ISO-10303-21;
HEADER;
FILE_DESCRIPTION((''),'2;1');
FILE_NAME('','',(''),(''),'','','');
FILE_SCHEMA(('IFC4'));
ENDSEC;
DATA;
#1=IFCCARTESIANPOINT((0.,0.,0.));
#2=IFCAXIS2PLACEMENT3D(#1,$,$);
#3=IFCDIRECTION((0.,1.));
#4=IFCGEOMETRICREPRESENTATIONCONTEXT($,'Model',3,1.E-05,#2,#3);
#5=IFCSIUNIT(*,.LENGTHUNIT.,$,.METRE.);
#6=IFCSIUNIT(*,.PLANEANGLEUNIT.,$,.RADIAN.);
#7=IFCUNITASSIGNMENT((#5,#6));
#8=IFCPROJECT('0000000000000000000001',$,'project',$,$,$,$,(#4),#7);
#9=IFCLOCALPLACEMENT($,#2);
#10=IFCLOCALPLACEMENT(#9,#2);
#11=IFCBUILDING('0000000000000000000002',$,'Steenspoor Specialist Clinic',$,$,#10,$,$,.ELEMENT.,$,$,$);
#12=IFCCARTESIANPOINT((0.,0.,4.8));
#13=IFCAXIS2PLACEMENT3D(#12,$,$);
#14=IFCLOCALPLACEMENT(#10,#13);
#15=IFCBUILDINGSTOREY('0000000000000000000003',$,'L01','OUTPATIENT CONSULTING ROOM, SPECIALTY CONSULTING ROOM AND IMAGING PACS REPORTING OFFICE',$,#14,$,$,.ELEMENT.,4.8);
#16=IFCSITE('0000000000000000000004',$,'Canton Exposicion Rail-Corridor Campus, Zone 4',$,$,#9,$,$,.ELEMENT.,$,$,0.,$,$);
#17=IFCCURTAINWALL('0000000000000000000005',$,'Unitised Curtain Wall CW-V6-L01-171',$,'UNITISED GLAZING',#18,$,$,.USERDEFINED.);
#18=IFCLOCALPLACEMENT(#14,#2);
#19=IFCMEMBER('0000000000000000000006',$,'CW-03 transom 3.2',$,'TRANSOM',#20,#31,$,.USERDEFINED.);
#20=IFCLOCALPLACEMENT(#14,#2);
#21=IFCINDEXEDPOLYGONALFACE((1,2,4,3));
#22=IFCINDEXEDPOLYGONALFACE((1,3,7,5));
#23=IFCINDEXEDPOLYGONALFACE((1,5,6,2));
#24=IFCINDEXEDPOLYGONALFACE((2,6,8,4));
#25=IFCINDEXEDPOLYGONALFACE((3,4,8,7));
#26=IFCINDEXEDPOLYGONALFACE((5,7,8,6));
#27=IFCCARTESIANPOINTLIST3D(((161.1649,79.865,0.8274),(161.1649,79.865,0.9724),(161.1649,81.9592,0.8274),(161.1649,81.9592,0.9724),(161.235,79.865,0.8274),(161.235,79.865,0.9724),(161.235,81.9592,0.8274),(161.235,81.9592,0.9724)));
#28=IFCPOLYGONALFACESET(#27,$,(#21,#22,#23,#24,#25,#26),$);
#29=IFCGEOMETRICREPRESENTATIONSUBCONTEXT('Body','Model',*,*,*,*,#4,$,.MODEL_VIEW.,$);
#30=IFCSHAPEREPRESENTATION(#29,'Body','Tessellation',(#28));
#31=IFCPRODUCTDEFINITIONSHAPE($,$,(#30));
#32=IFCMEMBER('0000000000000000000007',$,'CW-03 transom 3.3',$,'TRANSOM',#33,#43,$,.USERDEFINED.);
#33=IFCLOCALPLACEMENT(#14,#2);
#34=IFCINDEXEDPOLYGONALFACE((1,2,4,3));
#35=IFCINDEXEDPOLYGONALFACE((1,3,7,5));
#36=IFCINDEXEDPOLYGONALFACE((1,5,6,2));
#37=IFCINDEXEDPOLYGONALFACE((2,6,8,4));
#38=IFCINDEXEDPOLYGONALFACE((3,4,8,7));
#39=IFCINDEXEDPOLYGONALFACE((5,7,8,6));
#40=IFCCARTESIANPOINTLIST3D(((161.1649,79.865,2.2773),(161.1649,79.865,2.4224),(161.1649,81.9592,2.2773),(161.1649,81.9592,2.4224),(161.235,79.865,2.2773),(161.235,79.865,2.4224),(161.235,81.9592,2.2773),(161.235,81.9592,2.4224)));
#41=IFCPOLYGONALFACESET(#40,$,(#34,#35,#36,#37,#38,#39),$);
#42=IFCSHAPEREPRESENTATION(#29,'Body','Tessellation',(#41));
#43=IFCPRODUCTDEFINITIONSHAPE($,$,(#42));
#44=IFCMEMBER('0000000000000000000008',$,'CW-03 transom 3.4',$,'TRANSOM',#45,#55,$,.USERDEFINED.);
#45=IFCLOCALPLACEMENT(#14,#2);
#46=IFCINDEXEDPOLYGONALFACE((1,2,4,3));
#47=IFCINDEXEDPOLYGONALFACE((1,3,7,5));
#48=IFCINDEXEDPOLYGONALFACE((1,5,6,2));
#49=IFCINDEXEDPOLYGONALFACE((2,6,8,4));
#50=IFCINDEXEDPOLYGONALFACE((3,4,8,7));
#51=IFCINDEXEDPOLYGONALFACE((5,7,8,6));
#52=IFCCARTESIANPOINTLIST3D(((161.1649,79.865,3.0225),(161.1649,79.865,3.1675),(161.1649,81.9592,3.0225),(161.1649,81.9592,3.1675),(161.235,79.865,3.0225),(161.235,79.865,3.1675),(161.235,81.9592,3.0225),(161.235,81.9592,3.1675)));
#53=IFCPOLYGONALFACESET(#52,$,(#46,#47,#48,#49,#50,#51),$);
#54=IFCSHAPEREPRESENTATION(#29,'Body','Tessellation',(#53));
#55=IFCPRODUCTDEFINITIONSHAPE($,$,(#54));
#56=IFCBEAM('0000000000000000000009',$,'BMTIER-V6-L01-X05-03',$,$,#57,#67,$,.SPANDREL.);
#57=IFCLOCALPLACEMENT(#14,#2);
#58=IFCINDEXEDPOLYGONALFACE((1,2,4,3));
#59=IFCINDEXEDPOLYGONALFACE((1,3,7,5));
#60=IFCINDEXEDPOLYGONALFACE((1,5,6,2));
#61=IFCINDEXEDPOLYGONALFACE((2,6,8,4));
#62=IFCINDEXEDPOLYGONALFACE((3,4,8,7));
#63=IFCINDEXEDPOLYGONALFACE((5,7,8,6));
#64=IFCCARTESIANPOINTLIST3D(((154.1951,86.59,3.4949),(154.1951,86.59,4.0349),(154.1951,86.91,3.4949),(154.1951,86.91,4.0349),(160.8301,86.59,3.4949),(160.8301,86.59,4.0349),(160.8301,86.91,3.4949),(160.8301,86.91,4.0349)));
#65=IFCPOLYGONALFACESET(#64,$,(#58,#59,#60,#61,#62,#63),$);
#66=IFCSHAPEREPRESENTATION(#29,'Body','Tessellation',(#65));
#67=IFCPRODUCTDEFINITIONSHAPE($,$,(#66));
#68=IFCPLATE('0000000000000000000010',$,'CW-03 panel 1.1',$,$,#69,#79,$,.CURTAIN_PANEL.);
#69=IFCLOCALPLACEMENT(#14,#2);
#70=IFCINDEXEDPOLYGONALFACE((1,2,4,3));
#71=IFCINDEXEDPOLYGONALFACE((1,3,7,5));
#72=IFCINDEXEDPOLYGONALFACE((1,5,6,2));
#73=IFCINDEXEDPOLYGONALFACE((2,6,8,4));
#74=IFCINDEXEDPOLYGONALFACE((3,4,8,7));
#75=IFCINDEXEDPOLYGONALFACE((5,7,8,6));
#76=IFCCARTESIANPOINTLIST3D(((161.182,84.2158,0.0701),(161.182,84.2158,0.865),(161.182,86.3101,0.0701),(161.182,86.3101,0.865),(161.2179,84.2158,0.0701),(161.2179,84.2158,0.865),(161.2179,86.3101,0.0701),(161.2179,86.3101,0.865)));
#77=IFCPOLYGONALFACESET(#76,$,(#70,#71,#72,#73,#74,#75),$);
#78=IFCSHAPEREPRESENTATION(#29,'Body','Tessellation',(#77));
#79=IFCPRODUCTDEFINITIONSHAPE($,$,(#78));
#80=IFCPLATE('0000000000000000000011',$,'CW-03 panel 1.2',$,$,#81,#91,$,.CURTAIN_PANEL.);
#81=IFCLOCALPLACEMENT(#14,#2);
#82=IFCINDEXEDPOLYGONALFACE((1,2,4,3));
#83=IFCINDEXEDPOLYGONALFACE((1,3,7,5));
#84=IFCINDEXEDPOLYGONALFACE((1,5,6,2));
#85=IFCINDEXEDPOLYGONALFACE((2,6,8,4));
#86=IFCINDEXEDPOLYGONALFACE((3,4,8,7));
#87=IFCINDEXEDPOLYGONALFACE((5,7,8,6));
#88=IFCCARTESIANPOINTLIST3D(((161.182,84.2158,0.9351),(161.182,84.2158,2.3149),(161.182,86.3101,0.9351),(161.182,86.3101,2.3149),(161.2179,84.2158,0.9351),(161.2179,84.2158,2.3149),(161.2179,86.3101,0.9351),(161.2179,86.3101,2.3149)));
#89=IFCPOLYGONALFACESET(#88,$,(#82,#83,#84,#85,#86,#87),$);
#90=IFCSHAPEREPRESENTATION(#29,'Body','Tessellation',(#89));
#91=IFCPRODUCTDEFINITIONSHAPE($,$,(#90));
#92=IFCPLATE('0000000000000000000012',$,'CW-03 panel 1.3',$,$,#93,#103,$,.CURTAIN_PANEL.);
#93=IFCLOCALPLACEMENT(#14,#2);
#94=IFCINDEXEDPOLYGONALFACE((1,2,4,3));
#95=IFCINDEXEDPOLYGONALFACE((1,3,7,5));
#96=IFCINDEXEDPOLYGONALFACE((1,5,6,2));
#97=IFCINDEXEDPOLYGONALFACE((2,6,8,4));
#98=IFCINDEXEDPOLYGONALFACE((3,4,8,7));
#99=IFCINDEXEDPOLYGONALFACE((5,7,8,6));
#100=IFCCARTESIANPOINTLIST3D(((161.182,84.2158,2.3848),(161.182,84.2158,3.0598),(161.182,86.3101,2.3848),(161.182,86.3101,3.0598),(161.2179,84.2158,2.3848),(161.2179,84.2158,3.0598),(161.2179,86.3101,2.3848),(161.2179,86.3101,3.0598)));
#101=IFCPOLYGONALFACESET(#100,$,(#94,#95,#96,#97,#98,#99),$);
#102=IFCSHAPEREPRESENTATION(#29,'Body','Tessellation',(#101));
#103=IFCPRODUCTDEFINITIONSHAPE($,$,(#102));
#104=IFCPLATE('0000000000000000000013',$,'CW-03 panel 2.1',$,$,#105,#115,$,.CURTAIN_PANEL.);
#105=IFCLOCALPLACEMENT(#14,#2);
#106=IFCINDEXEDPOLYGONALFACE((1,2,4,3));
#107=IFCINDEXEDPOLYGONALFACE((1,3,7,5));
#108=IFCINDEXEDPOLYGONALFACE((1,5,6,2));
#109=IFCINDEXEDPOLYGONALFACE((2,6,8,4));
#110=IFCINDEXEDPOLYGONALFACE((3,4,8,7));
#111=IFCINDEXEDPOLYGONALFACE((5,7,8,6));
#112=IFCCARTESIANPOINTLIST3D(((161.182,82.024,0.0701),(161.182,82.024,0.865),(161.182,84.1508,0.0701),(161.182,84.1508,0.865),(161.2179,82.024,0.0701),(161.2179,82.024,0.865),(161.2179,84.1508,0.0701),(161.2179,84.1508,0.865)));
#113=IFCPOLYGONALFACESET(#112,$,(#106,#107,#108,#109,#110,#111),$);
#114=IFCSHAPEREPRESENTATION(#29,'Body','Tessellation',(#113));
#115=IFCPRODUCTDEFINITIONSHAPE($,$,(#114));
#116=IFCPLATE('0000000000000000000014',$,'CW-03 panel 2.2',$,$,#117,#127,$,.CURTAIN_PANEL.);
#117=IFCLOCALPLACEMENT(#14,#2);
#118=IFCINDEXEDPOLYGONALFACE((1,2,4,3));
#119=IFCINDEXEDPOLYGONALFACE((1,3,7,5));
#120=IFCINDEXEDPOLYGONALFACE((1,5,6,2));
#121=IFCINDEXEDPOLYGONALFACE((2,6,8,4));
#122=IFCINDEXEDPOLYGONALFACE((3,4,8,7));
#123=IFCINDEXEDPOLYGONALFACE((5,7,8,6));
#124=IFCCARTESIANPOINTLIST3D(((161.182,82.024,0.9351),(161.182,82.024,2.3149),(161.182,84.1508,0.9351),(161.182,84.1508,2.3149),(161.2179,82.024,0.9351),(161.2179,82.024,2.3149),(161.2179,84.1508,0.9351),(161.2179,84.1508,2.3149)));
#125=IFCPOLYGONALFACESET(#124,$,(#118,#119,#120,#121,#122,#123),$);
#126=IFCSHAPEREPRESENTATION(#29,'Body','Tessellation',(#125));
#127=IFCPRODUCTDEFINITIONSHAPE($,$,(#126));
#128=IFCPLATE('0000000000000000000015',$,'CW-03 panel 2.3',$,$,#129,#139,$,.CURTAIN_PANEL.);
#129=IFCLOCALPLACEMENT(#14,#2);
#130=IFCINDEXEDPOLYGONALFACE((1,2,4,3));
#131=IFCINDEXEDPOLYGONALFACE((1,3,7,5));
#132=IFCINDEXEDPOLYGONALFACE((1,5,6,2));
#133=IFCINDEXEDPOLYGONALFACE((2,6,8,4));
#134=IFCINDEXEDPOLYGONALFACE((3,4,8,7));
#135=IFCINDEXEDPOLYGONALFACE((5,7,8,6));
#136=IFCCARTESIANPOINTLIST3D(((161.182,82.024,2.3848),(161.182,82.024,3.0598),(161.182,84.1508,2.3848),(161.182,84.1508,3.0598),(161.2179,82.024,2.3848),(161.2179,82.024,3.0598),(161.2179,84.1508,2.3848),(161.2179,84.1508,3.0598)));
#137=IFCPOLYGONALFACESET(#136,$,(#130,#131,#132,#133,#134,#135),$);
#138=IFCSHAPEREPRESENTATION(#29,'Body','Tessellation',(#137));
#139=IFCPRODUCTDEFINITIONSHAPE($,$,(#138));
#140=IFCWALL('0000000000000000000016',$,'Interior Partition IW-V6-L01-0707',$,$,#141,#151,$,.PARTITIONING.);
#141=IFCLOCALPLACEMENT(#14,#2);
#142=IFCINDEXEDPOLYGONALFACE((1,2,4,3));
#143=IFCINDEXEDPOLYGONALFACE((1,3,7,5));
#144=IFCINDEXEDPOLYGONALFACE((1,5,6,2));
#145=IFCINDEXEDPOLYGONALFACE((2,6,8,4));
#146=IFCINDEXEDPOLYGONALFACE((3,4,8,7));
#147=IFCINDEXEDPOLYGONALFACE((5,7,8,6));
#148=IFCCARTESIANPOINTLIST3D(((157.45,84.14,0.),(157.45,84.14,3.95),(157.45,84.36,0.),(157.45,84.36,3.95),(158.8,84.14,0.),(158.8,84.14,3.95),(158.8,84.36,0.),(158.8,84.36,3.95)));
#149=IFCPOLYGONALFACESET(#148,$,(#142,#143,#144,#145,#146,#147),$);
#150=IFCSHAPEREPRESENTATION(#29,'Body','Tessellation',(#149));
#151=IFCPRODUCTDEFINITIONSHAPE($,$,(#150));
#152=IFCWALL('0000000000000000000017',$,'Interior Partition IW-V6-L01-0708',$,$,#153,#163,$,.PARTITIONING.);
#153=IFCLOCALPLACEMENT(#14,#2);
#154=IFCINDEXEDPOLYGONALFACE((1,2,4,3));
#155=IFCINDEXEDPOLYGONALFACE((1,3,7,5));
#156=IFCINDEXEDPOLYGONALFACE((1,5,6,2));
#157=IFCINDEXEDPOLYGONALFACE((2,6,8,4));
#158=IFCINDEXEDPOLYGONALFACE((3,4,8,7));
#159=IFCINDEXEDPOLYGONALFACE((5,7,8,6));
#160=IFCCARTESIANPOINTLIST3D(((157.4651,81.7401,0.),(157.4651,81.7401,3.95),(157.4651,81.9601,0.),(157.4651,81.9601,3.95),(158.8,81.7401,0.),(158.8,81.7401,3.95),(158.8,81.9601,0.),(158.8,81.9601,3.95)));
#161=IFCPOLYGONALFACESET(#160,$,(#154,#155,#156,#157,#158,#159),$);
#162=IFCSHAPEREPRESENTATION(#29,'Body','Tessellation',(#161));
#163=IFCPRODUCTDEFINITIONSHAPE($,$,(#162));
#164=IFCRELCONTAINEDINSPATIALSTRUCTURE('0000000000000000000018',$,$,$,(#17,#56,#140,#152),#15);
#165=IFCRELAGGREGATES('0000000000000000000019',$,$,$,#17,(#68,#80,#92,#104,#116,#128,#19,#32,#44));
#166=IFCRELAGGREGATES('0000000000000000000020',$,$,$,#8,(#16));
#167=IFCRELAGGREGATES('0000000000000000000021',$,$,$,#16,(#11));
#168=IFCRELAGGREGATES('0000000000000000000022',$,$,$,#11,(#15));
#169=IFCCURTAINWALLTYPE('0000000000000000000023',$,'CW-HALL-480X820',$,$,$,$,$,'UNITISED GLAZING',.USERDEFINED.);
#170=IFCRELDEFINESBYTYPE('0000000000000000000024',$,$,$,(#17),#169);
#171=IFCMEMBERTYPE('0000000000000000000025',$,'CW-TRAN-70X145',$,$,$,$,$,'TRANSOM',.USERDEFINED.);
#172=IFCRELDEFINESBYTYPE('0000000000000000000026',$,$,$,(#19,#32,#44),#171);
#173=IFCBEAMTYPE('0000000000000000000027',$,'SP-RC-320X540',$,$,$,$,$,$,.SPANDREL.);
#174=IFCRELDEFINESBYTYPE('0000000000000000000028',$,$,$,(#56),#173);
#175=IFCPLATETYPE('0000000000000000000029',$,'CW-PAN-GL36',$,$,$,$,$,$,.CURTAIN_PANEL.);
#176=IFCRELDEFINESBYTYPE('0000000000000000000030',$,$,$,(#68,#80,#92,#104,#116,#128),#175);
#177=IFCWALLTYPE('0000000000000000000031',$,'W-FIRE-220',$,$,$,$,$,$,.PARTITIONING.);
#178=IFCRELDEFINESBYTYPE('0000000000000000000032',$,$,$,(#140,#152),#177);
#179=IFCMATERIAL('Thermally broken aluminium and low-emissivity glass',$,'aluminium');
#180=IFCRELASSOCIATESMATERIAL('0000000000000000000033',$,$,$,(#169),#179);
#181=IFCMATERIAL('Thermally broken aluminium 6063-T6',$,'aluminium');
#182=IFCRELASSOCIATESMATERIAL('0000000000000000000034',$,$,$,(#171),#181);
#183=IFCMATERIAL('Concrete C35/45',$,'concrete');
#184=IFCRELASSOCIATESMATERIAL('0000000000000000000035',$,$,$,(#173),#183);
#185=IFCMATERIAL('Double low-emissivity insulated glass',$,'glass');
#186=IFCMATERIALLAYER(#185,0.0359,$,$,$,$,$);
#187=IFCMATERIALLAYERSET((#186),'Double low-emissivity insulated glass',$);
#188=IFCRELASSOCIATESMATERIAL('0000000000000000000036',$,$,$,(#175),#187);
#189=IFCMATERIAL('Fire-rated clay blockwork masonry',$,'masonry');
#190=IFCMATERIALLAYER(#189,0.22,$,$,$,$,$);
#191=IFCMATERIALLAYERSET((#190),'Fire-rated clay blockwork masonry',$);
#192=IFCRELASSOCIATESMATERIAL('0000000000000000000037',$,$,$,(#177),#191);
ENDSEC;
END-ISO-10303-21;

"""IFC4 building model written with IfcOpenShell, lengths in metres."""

from ifc_helpers import new_model, si_unit, direction, frame, frame_2d, origin, origin_2d, place, context, subcontext, project, spatial, rectangle, extrude, material, layer, layer_set, material_profile, profile_set, type_object, element, aggregate, save


model = new_model("IFC4")

# Units and contexts
model_context = context("Model", 3, precision=1e-05, world=origin(), true_north=direction((0.0, 1.0)))
body_context = subcontext(model_context, "Body", "Model", "MODEL_VIEW")
ifc_project = project(units=[si_unit("LENGTHUNIT", "METRE"), si_unit("PLANEANGLEUNIT", "RADIAN")], contexts=[model_context])

# Site, building, storey
site_placement = place(None, origin())
site = spatial("IfcSite", under=ifc_project, at=site_placement, Name="Canton Exposicion Rail-Corridor Campus, Zone 4", CompositionType="ELEMENT", RefElevation=0.0)
building_placement = place(site_placement, origin())
building = spatial("IfcBuilding", under=site, at=building_placement, Name="Steenspoor Specialist Clinic", CompositionType="ELEMENT")
storey_placement = place(building_placement, frame((0.0, 0.0, 4.8)))
storey = spatial("IfcBuildingStorey", under=building, at=storey_placement, Name="L01", Description="OUTPATIENT CONSULTING ROOM, SPECIALTY CONSULTING ROOM AND IMAGING PACS REPORTING OFFICE", CompositionType="ELEMENT", Elevation=4.8)

# Curtain wall, members
ifc_material_1 = material(Name="Thermally broken aluminium and low-emissivity glass", Category="aluminium")
curtain_wall_type = type_object("IfcCurtainWallType", Name="CW-HALL-480X820", ElementType="UNITISED GLAZING", PredefinedType="USERDEFINED", material=ifc_material_1)
curtain_wall_placement = place(storey_placement, origin())
curtain_wall = element("IfcCurtainWall", 1, at=curtain_wall_placement, inside=storey, type_object=curtain_wall_type, Name="Unitised Curtain Wall CW-V6-L01-171", ObjectType="UNITISED GLAZING", PredefinedType="USERDEFINED")
ifc_material_2 = material(Name="Thermally broken aluminium 6063-T6", Category="aluminium")
ifc_material_profile_1 = material_profile(ifc_material_2, rectangle(XDim=0.0701, YDim=0.145, at=origin_2d()), Name="CWT-70X145")
ifc_profile_set_1 = profile_set([ifc_material_profile_1], Name="Thermally broken aluminium 6063-T6")
member_type_1 = type_object("IfcMemberType", Name="CW-TRAN-70X145", ElementType="TRANSOM", PredefinedType="USERDEFINED", material=ifc_profile_set_1)
member_1_placement = place(storey_placement, frame((161.2, 81.9592, 0.8999), z_axis=(0.0, -1.0, 0.0), x_axis=(1.0, 0.0, 0.0)))
member_1 = element("IfcMember", 2, at=member_1_placement, type_object=member_type_1, Name="CW-03 transom 3.2", ObjectType="TRANSOM", PredefinedType="USERDEFINED", context=body_context, shape_type="SweptSolid", body=[
    extrude(rectangle(XDim=0.0701, YDim=0.145, at=origin_2d()), origin(), (0.0, 0.0, 1.0), 2.0942),
])
member_2_placement = place(storey_placement, frame((161.2, 81.9592, 2.3499), z_axis=(0.0, -1.0, 0.0), x_axis=(1.0, 0.0, 0.0)))
member_2 = element("IfcMember", 3, at=member_2_placement, type_object=member_type_1, Name="CW-03 transom 3.3", ObjectType="TRANSOM", PredefinedType="USERDEFINED", context=body_context, shape_type="SweptSolid", body=[
    extrude(rectangle(XDim=0.0701, YDim=0.145, at=origin_2d()), origin(), (0.0, 0.0, 1.0), 2.0942),
])
member_3_placement = place(storey_placement, frame((161.2, 81.9592, 3.095), z_axis=(0.0, -1.0, 0.0), x_axis=(1.0, 0.0, 0.0)))
member_3 = element("IfcMember", 4, at=member_3_placement, type_object=member_type_1, Name="CW-03 transom 3.4", ObjectType="TRANSOM", PredefinedType="USERDEFINED", context=body_context, shape_type="SweptSolid", body=[
    extrude(rectangle(XDim=0.0701, YDim=0.145, at=origin_2d()), origin(), (0.0, 0.0, 1.0), 2.0942),
])

# Beam
ifc_material_3 = material(Name="Concrete C35/45", Category="concrete")
ifc_material_profile_2 = material_profile(ifc_material_3, rectangle(XDim=0.3201, YDim=0.54, at=origin_2d()), Name="RC-SP-320X540")
ifc_profile_set_2 = profile_set([ifc_material_profile_2], Name="Concrete C35/45")
beam_type = type_object("IfcBeamType", Name="SP-RC-320X540", PredefinedType="SPANDREL", material=ifc_profile_set_2)
beam_placement = place(storey_placement, frame((154.1951, 86.75, 3.7649), z_axis=(1.0, 0.0, 0.0), x_axis=(0.0, 1.0, 0.0)))
element("IfcBeam", 5, at=beam_placement, inside=storey, type_object=beam_type, Name="BMTIER-V6-L01-X05-03", PredefinedType="SPANDREL", context=body_context, shape_type="SweptSolid", body=[
    extrude(rectangle(XDim=0.3201, YDim=0.54, at=origin_2d()), origin(), (0.0, 0.0, 1.0), 6.635),
])

# Plates
ifc_material_4 = material(Name="Double low-emissivity insulated glass", Category="glass")
ifc_layer_1 = layer(ifc_material_4, 0.0359)
ifc_layer_set_1 = layer_set([ifc_layer_1], Name="Double low-emissivity insulated glass")
plate_type = type_object("IfcPlateType", Name="CW-PAN-GL36", PredefinedType="CURTAIN_PANEL", material=ifc_layer_set_1)
plate_1_placement = place(storey_placement, frame((161.2, 85.2629, 0.0701), z_axis=(0.0, 0.0, 1.0), x_axis=(0.0, -1.0, 0.0)))
plate_1 = element("IfcPlate", 6, at=plate_1_placement, type_object=plate_type, Name="CW-03 panel 1.1", PredefinedType="CURTAIN_PANEL", context=body_context, shape_type="SweptSolid", body=[
    extrude(rectangle(XDim=2.0942, YDim=0.0359, at=origin_2d()), origin(), (0.0, 0.0, 1.0), 0.7949),
])
plate_2_placement = place(storey_placement, frame((161.2, 85.2629, 0.9351), z_axis=(0.0, 0.0, 1.0), x_axis=(0.0, -1.0, 0.0)))
plate_2 = element("IfcPlate", 7, at=plate_2_placement, type_object=plate_type, Name="CW-03 panel 1.2", PredefinedType="CURTAIN_PANEL", context=body_context, shape_type="SweptSolid", body=[
    extrude(rectangle(XDim=2.0942, YDim=0.0359, at=origin_2d()), origin(), (0.0, 0.0, 1.0), 1.3799),
])
plate_3_placement = place(storey_placement, frame((161.2, 85.2629, 2.3848), z_axis=(0.0, 0.0, 1.0), x_axis=(0.0, -1.0, 0.0)))
plate_3 = element("IfcPlate", 8, at=plate_3_placement, type_object=plate_type, Name="CW-03 panel 1.3", PredefinedType="CURTAIN_PANEL", context=body_context, shape_type="SweptSolid", body=[
    extrude(rectangle(XDim=2.0942, YDim=0.0359, at=origin_2d()), origin(), (0.0, 0.0, 1.0), 0.675),
])
plate_4_placement = place(storey_placement, frame((161.2, 83.0874, 0.0701), z_axis=(0.0, 0.0, 1.0), x_axis=(0.0, -1.0, 0.0)))
plate_4 = element("IfcPlate", 9, at=plate_4_placement, type_object=plate_type, Name="CW-03 panel 2.1", PredefinedType="CURTAIN_PANEL", context=body_context, shape_type="SweptSolid", body=[
    extrude(rectangle(XDim=2.1267, YDim=0.0359, at=origin_2d()), origin(), (0.0, 0.0, 1.0), 0.7949),
])
plate_5_placement = place(storey_placement, frame((161.2, 83.0874, 0.9351), z_axis=(0.0, 0.0, 1.0), x_axis=(0.0, -1.0, 0.0)))
plate_5 = element("IfcPlate", 10, at=plate_5_placement, type_object=plate_type, Name="CW-03 panel 2.2", PredefinedType="CURTAIN_PANEL", context=body_context, shape_type="SweptSolid", body=[
    extrude(rectangle(XDim=2.1267, YDim=0.0359, at=origin_2d()), origin(), (0.0, 0.0, 1.0), 1.3799),
])
plate_6_placement = place(storey_placement, frame((161.2, 83.0874, 2.3848), z_axis=(0.0, 0.0, 1.0), x_axis=(0.0, -1.0, 0.0)))
plate_6 = element("IfcPlate", 11, at=plate_6_placement, type_object=plate_type, Name="CW-03 panel 2.3", PredefinedType="CURTAIN_PANEL", context=body_context, shape_type="SweptSolid", body=[
    extrude(rectangle(XDim=2.1267, YDim=0.0359, at=origin_2d()), origin(), (0.0, 0.0, 1.0), 0.675),
])
aggregate(curtain_wall, [plate_1, plate_2, plate_3, plate_4, plate_5, plate_6, member_1, member_2, member_3])

# Walls
ifc_material_5 = material(Name="Fire-rated clay blockwork masonry", Category="masonry")
ifc_layer_2 = layer(ifc_material_5, 0.22)
ifc_layer_set_2 = layer_set([ifc_layer_2], Name="Fire-rated clay blockwork masonry")
wall_type = type_object("IfcWallType", Name="W-FIRE-220", PredefinedType="PARTITIONING", material=ifc_layer_set_2)
wall_1_placement = place(storey_placement, frame((157.45, 84.25, 0.0), z_axis=(0.0, 0.0, 1.0), x_axis=(1.0, 0.0, 0.0)))
element("IfcWall", 12, at=wall_1_placement, inside=storey, type_object=wall_type, Name="Interior Partition IW-V6-L01-0707", PredefinedType="PARTITIONING", context=body_context, shape_type="SweptSolid", body=[
    extrude(rectangle(XDim=1.3501, YDim=0.22, at=frame_2d((0.675, 0.0))), origin(), (0.0, 0.0, 1.0), 3.95),
])
wall_2_placement = place(storey_placement, frame((157.4651, 81.8501, 0.0), z_axis=(0.0, 0.0, 1.0), x_axis=(1.0, 0.0, 0.0)))
element("IfcWall", 13, at=wall_2_placement, inside=storey, type_object=wall_type, Name="Interior Partition IW-V6-L01-0708", PredefinedType="PARTITIONING", context=body_context, shape_type="SweptSolid", body=[
    extrude(rectangle(XDim=1.335, YDim=0.22, at=frame_2d((0.6675, 0.0))), origin(), (0.0, 0.0, 1.0), 3.95),
])

save(model, "model.ifc")
